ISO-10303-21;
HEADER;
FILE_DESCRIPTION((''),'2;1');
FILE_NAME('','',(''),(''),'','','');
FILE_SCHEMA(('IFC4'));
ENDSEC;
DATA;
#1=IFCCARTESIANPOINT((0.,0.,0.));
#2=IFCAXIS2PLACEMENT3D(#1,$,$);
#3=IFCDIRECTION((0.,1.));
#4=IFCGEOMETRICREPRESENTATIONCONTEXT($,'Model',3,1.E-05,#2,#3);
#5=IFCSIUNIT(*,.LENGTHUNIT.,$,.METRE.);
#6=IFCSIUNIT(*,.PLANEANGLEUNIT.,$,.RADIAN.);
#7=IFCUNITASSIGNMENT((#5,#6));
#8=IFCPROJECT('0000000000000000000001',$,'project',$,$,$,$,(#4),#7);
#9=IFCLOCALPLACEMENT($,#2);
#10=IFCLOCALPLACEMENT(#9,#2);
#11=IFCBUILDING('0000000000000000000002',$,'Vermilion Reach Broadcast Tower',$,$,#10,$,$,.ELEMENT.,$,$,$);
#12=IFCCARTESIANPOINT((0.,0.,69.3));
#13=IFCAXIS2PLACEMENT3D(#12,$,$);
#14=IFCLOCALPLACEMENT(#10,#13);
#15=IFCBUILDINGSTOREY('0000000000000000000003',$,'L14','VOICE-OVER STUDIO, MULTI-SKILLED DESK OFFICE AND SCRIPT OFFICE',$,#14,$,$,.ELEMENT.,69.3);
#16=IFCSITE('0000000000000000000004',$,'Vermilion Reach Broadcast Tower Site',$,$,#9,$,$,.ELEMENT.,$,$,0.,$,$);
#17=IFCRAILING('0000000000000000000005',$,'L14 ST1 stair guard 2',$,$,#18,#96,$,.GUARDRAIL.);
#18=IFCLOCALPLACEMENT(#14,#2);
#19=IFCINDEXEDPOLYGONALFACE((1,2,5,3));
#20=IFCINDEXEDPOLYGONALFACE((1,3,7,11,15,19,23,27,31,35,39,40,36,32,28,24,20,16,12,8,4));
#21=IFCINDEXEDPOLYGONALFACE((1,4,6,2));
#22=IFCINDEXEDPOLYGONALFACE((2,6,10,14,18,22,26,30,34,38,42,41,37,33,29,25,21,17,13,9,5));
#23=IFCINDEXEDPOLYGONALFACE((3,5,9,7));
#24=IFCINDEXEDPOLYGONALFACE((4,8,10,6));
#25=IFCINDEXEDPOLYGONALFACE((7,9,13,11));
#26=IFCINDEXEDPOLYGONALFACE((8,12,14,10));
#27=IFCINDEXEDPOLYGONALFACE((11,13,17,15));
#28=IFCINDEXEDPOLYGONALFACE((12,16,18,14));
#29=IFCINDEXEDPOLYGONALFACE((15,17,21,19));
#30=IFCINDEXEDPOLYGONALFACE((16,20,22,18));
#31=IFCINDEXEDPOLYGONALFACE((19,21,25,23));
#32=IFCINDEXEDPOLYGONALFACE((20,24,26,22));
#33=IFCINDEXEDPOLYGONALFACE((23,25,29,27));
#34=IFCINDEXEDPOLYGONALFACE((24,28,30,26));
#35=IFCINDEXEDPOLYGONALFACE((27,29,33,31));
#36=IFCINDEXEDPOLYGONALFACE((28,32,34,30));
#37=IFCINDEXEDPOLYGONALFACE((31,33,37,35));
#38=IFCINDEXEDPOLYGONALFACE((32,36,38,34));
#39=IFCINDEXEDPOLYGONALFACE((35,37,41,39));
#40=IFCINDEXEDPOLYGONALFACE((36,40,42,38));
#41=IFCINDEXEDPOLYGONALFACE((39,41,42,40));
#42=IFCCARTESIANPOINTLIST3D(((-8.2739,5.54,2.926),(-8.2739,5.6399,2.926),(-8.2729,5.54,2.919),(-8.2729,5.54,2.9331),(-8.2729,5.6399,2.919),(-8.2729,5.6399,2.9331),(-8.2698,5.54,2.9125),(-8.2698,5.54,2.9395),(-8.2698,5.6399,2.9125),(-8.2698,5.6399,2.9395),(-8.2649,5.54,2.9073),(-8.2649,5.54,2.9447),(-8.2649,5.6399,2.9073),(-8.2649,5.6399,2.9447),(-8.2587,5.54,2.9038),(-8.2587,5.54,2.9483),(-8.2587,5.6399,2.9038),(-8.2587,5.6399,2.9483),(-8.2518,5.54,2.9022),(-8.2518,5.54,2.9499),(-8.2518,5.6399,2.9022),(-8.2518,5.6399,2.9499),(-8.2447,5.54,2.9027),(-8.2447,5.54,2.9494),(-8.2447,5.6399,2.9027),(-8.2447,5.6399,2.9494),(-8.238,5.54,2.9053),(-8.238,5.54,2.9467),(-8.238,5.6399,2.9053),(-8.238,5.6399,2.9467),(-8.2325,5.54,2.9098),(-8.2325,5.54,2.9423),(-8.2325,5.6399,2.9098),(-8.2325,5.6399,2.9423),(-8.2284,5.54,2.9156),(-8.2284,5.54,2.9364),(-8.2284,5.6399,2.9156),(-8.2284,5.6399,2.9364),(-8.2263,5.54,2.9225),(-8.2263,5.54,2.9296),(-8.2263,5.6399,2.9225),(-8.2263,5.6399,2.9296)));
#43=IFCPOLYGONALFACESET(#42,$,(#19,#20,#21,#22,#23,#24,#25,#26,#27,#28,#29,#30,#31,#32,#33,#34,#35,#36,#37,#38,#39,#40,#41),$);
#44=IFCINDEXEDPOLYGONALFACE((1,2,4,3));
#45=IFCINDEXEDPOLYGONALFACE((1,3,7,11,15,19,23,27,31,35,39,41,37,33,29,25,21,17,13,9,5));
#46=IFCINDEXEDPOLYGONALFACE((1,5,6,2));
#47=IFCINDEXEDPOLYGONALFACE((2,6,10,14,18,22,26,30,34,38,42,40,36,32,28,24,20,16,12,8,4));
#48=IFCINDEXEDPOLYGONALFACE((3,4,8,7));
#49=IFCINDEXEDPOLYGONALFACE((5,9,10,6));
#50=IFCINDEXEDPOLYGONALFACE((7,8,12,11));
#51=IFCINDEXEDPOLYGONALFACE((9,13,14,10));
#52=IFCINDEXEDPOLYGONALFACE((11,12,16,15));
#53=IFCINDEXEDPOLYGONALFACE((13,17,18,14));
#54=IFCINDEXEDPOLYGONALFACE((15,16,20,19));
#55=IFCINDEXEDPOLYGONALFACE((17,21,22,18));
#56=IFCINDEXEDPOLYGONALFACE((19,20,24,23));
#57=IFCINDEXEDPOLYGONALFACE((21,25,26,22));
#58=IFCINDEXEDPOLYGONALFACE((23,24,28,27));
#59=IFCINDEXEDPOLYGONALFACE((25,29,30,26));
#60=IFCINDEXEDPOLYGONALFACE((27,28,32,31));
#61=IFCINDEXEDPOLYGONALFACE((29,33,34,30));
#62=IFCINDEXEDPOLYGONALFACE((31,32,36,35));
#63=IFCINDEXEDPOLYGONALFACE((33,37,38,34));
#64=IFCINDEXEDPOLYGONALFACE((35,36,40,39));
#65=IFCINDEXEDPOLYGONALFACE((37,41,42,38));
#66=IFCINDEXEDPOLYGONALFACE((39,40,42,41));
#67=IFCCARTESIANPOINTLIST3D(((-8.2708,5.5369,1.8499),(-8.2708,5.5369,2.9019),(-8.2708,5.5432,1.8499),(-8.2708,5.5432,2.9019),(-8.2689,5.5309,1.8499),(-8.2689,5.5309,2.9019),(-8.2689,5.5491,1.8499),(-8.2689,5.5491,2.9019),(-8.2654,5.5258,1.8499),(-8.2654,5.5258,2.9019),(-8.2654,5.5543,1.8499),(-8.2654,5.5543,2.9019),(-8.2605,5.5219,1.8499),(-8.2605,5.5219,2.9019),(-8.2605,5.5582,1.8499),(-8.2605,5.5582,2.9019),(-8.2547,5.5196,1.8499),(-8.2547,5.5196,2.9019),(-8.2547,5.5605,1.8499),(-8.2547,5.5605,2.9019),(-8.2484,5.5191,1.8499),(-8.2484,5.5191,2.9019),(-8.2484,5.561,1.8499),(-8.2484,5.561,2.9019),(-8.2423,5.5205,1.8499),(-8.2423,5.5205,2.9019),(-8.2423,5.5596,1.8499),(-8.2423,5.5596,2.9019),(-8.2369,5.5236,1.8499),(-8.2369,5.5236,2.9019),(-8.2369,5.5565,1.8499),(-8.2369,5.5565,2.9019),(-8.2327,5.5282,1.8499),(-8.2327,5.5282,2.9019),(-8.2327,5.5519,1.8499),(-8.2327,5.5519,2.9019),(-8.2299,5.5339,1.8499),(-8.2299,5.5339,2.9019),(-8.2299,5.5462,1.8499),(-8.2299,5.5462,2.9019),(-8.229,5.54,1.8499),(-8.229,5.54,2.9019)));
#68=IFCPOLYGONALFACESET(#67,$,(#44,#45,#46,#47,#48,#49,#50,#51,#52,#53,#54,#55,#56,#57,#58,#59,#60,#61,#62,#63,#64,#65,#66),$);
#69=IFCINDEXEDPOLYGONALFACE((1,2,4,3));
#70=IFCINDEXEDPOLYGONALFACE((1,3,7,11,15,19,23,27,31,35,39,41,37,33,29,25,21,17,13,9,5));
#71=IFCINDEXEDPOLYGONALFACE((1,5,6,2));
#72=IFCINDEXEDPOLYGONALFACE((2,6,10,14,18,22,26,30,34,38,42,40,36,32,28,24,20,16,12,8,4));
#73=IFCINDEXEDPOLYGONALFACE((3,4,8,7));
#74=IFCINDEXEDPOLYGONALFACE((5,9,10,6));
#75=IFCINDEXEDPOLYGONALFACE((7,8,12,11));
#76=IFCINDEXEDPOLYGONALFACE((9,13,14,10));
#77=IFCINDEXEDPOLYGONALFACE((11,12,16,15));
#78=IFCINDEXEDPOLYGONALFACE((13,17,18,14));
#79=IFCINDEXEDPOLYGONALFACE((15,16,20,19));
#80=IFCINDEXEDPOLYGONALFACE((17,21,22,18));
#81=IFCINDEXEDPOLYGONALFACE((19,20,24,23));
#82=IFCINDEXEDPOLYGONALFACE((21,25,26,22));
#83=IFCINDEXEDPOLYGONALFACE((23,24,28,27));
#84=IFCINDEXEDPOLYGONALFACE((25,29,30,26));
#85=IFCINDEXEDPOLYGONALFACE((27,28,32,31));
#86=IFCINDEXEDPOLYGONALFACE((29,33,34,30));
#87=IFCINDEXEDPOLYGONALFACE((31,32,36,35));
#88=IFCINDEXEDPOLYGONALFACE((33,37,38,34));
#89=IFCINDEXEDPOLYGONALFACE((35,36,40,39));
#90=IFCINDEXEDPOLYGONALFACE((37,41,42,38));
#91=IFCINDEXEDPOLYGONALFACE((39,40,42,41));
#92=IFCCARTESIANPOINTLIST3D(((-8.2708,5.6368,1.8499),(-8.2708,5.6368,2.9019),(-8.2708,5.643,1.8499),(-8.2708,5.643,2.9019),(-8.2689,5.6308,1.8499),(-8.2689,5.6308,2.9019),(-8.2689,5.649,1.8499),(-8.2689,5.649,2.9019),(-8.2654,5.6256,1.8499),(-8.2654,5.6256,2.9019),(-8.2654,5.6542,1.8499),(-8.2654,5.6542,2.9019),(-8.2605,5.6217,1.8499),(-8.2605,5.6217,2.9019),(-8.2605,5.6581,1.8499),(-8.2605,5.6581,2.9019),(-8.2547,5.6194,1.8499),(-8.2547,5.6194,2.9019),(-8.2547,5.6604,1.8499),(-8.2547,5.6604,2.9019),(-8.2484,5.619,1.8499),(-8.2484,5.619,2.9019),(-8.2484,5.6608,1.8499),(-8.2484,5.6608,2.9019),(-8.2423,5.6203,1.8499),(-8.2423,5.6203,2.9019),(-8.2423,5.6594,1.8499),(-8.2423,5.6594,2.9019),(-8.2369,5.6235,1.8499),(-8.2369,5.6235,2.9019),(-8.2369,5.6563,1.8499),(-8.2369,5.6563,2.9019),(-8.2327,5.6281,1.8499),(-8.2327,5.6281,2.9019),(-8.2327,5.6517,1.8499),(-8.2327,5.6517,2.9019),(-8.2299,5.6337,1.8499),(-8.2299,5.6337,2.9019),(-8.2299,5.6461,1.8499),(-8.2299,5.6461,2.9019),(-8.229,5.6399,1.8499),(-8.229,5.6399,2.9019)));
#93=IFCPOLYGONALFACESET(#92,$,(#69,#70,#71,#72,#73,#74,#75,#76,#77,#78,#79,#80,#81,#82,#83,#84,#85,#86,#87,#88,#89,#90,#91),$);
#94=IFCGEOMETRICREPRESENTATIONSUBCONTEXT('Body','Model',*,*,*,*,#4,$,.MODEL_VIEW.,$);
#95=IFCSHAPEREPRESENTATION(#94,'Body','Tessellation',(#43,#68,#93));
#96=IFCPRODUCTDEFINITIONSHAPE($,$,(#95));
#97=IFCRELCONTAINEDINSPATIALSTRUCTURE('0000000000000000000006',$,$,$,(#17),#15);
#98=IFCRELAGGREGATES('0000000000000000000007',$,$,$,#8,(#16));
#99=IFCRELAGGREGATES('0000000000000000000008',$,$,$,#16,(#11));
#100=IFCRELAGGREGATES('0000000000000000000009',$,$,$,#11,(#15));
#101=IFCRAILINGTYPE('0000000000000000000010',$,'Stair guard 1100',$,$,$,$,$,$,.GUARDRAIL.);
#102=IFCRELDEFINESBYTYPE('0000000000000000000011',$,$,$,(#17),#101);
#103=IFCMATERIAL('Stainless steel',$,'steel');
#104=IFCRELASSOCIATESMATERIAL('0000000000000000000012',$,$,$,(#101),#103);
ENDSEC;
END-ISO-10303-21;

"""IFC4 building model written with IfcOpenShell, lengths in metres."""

from ifc_helpers import new_model, si_unit, direction, frame, origin, origin_2d, place, context, subcontext, project, spatial, circle, extrude, material, type_object, element, save


model = new_model("IFC4")

# Units and contexts
model_context = context("Model", 3, precision=1e-05, world=origin(), true_north=direction((0.0, 1.0)))
body_context = subcontext(model_context, "Body", "Model", "MODEL_VIEW")
ifc_project = project(units=[si_unit("LENGTHUNIT", "METRE"), si_unit("PLANEANGLEUNIT", "RADIAN")], contexts=[model_context])

# Site, building, storey
site_placement = place(None, origin())
site = spatial("IfcSite", under=ifc_project, at=site_placement, Name="Vermilion Reach Broadcast Tower Site", CompositionType="ELEMENT", RefElevation=0.0)
building_placement = place(site_placement, origin())
building = spatial("IfcBuilding", under=site, at=building_placement, Name="Vermilion Reach Broadcast Tower", CompositionType="ELEMENT")
storey_placement = place(building_placement, frame((0.0, 0.0, 69.3)))
storey = spatial("IfcBuildingStorey", under=building, at=storey_placement, Name="L14", Description="VOICE-OVER STUDIO, MULTI-SKILLED DESK OFFICE AND SCRIPT OFFICE", CompositionType="ELEMENT", Elevation=69.3)

# Railing
ifc_material_1 = material(Name="Stainless steel", Category="steel")
railing_type_1 = type_object("IfcRailingType", Name="Stair guard 1100", PredefinedType="GUARDRAIL", material=ifc_material_1)
railing_1_placement = place(storey_placement, frame((-8.25, 5.54, 1.8499)))
element("IfcRailing", 1, at=railing_1_placement, inside=storey, type_object=railing_type_1, Name="L14 ST1 stair guard 2", PredefinedType="GUARDRAIL", context=body_context, shape_type="SweptSolid", body=[
    extrude(circle(Radius=0.0239, at=origin_2d()), frame((0.0, 0.0, 1.0762), z_axis=(0.0, 1.0, 0.0), x_axis=(-1.0, 0.0, 0.0)), (0.0, 0.0, 1.0), 0.0999),
    extrude(circle(Radius=0.021, at=origin_2d()), origin(), (0.0, 0.0, 1.0), 1.052),
    extrude(circle(Radius=0.021, at=origin_2d()), frame((0.0, 0.0999, 0.0)), (0.0, 0.0, 1.0), 1.052),
])

save(model, "model.ifc")
